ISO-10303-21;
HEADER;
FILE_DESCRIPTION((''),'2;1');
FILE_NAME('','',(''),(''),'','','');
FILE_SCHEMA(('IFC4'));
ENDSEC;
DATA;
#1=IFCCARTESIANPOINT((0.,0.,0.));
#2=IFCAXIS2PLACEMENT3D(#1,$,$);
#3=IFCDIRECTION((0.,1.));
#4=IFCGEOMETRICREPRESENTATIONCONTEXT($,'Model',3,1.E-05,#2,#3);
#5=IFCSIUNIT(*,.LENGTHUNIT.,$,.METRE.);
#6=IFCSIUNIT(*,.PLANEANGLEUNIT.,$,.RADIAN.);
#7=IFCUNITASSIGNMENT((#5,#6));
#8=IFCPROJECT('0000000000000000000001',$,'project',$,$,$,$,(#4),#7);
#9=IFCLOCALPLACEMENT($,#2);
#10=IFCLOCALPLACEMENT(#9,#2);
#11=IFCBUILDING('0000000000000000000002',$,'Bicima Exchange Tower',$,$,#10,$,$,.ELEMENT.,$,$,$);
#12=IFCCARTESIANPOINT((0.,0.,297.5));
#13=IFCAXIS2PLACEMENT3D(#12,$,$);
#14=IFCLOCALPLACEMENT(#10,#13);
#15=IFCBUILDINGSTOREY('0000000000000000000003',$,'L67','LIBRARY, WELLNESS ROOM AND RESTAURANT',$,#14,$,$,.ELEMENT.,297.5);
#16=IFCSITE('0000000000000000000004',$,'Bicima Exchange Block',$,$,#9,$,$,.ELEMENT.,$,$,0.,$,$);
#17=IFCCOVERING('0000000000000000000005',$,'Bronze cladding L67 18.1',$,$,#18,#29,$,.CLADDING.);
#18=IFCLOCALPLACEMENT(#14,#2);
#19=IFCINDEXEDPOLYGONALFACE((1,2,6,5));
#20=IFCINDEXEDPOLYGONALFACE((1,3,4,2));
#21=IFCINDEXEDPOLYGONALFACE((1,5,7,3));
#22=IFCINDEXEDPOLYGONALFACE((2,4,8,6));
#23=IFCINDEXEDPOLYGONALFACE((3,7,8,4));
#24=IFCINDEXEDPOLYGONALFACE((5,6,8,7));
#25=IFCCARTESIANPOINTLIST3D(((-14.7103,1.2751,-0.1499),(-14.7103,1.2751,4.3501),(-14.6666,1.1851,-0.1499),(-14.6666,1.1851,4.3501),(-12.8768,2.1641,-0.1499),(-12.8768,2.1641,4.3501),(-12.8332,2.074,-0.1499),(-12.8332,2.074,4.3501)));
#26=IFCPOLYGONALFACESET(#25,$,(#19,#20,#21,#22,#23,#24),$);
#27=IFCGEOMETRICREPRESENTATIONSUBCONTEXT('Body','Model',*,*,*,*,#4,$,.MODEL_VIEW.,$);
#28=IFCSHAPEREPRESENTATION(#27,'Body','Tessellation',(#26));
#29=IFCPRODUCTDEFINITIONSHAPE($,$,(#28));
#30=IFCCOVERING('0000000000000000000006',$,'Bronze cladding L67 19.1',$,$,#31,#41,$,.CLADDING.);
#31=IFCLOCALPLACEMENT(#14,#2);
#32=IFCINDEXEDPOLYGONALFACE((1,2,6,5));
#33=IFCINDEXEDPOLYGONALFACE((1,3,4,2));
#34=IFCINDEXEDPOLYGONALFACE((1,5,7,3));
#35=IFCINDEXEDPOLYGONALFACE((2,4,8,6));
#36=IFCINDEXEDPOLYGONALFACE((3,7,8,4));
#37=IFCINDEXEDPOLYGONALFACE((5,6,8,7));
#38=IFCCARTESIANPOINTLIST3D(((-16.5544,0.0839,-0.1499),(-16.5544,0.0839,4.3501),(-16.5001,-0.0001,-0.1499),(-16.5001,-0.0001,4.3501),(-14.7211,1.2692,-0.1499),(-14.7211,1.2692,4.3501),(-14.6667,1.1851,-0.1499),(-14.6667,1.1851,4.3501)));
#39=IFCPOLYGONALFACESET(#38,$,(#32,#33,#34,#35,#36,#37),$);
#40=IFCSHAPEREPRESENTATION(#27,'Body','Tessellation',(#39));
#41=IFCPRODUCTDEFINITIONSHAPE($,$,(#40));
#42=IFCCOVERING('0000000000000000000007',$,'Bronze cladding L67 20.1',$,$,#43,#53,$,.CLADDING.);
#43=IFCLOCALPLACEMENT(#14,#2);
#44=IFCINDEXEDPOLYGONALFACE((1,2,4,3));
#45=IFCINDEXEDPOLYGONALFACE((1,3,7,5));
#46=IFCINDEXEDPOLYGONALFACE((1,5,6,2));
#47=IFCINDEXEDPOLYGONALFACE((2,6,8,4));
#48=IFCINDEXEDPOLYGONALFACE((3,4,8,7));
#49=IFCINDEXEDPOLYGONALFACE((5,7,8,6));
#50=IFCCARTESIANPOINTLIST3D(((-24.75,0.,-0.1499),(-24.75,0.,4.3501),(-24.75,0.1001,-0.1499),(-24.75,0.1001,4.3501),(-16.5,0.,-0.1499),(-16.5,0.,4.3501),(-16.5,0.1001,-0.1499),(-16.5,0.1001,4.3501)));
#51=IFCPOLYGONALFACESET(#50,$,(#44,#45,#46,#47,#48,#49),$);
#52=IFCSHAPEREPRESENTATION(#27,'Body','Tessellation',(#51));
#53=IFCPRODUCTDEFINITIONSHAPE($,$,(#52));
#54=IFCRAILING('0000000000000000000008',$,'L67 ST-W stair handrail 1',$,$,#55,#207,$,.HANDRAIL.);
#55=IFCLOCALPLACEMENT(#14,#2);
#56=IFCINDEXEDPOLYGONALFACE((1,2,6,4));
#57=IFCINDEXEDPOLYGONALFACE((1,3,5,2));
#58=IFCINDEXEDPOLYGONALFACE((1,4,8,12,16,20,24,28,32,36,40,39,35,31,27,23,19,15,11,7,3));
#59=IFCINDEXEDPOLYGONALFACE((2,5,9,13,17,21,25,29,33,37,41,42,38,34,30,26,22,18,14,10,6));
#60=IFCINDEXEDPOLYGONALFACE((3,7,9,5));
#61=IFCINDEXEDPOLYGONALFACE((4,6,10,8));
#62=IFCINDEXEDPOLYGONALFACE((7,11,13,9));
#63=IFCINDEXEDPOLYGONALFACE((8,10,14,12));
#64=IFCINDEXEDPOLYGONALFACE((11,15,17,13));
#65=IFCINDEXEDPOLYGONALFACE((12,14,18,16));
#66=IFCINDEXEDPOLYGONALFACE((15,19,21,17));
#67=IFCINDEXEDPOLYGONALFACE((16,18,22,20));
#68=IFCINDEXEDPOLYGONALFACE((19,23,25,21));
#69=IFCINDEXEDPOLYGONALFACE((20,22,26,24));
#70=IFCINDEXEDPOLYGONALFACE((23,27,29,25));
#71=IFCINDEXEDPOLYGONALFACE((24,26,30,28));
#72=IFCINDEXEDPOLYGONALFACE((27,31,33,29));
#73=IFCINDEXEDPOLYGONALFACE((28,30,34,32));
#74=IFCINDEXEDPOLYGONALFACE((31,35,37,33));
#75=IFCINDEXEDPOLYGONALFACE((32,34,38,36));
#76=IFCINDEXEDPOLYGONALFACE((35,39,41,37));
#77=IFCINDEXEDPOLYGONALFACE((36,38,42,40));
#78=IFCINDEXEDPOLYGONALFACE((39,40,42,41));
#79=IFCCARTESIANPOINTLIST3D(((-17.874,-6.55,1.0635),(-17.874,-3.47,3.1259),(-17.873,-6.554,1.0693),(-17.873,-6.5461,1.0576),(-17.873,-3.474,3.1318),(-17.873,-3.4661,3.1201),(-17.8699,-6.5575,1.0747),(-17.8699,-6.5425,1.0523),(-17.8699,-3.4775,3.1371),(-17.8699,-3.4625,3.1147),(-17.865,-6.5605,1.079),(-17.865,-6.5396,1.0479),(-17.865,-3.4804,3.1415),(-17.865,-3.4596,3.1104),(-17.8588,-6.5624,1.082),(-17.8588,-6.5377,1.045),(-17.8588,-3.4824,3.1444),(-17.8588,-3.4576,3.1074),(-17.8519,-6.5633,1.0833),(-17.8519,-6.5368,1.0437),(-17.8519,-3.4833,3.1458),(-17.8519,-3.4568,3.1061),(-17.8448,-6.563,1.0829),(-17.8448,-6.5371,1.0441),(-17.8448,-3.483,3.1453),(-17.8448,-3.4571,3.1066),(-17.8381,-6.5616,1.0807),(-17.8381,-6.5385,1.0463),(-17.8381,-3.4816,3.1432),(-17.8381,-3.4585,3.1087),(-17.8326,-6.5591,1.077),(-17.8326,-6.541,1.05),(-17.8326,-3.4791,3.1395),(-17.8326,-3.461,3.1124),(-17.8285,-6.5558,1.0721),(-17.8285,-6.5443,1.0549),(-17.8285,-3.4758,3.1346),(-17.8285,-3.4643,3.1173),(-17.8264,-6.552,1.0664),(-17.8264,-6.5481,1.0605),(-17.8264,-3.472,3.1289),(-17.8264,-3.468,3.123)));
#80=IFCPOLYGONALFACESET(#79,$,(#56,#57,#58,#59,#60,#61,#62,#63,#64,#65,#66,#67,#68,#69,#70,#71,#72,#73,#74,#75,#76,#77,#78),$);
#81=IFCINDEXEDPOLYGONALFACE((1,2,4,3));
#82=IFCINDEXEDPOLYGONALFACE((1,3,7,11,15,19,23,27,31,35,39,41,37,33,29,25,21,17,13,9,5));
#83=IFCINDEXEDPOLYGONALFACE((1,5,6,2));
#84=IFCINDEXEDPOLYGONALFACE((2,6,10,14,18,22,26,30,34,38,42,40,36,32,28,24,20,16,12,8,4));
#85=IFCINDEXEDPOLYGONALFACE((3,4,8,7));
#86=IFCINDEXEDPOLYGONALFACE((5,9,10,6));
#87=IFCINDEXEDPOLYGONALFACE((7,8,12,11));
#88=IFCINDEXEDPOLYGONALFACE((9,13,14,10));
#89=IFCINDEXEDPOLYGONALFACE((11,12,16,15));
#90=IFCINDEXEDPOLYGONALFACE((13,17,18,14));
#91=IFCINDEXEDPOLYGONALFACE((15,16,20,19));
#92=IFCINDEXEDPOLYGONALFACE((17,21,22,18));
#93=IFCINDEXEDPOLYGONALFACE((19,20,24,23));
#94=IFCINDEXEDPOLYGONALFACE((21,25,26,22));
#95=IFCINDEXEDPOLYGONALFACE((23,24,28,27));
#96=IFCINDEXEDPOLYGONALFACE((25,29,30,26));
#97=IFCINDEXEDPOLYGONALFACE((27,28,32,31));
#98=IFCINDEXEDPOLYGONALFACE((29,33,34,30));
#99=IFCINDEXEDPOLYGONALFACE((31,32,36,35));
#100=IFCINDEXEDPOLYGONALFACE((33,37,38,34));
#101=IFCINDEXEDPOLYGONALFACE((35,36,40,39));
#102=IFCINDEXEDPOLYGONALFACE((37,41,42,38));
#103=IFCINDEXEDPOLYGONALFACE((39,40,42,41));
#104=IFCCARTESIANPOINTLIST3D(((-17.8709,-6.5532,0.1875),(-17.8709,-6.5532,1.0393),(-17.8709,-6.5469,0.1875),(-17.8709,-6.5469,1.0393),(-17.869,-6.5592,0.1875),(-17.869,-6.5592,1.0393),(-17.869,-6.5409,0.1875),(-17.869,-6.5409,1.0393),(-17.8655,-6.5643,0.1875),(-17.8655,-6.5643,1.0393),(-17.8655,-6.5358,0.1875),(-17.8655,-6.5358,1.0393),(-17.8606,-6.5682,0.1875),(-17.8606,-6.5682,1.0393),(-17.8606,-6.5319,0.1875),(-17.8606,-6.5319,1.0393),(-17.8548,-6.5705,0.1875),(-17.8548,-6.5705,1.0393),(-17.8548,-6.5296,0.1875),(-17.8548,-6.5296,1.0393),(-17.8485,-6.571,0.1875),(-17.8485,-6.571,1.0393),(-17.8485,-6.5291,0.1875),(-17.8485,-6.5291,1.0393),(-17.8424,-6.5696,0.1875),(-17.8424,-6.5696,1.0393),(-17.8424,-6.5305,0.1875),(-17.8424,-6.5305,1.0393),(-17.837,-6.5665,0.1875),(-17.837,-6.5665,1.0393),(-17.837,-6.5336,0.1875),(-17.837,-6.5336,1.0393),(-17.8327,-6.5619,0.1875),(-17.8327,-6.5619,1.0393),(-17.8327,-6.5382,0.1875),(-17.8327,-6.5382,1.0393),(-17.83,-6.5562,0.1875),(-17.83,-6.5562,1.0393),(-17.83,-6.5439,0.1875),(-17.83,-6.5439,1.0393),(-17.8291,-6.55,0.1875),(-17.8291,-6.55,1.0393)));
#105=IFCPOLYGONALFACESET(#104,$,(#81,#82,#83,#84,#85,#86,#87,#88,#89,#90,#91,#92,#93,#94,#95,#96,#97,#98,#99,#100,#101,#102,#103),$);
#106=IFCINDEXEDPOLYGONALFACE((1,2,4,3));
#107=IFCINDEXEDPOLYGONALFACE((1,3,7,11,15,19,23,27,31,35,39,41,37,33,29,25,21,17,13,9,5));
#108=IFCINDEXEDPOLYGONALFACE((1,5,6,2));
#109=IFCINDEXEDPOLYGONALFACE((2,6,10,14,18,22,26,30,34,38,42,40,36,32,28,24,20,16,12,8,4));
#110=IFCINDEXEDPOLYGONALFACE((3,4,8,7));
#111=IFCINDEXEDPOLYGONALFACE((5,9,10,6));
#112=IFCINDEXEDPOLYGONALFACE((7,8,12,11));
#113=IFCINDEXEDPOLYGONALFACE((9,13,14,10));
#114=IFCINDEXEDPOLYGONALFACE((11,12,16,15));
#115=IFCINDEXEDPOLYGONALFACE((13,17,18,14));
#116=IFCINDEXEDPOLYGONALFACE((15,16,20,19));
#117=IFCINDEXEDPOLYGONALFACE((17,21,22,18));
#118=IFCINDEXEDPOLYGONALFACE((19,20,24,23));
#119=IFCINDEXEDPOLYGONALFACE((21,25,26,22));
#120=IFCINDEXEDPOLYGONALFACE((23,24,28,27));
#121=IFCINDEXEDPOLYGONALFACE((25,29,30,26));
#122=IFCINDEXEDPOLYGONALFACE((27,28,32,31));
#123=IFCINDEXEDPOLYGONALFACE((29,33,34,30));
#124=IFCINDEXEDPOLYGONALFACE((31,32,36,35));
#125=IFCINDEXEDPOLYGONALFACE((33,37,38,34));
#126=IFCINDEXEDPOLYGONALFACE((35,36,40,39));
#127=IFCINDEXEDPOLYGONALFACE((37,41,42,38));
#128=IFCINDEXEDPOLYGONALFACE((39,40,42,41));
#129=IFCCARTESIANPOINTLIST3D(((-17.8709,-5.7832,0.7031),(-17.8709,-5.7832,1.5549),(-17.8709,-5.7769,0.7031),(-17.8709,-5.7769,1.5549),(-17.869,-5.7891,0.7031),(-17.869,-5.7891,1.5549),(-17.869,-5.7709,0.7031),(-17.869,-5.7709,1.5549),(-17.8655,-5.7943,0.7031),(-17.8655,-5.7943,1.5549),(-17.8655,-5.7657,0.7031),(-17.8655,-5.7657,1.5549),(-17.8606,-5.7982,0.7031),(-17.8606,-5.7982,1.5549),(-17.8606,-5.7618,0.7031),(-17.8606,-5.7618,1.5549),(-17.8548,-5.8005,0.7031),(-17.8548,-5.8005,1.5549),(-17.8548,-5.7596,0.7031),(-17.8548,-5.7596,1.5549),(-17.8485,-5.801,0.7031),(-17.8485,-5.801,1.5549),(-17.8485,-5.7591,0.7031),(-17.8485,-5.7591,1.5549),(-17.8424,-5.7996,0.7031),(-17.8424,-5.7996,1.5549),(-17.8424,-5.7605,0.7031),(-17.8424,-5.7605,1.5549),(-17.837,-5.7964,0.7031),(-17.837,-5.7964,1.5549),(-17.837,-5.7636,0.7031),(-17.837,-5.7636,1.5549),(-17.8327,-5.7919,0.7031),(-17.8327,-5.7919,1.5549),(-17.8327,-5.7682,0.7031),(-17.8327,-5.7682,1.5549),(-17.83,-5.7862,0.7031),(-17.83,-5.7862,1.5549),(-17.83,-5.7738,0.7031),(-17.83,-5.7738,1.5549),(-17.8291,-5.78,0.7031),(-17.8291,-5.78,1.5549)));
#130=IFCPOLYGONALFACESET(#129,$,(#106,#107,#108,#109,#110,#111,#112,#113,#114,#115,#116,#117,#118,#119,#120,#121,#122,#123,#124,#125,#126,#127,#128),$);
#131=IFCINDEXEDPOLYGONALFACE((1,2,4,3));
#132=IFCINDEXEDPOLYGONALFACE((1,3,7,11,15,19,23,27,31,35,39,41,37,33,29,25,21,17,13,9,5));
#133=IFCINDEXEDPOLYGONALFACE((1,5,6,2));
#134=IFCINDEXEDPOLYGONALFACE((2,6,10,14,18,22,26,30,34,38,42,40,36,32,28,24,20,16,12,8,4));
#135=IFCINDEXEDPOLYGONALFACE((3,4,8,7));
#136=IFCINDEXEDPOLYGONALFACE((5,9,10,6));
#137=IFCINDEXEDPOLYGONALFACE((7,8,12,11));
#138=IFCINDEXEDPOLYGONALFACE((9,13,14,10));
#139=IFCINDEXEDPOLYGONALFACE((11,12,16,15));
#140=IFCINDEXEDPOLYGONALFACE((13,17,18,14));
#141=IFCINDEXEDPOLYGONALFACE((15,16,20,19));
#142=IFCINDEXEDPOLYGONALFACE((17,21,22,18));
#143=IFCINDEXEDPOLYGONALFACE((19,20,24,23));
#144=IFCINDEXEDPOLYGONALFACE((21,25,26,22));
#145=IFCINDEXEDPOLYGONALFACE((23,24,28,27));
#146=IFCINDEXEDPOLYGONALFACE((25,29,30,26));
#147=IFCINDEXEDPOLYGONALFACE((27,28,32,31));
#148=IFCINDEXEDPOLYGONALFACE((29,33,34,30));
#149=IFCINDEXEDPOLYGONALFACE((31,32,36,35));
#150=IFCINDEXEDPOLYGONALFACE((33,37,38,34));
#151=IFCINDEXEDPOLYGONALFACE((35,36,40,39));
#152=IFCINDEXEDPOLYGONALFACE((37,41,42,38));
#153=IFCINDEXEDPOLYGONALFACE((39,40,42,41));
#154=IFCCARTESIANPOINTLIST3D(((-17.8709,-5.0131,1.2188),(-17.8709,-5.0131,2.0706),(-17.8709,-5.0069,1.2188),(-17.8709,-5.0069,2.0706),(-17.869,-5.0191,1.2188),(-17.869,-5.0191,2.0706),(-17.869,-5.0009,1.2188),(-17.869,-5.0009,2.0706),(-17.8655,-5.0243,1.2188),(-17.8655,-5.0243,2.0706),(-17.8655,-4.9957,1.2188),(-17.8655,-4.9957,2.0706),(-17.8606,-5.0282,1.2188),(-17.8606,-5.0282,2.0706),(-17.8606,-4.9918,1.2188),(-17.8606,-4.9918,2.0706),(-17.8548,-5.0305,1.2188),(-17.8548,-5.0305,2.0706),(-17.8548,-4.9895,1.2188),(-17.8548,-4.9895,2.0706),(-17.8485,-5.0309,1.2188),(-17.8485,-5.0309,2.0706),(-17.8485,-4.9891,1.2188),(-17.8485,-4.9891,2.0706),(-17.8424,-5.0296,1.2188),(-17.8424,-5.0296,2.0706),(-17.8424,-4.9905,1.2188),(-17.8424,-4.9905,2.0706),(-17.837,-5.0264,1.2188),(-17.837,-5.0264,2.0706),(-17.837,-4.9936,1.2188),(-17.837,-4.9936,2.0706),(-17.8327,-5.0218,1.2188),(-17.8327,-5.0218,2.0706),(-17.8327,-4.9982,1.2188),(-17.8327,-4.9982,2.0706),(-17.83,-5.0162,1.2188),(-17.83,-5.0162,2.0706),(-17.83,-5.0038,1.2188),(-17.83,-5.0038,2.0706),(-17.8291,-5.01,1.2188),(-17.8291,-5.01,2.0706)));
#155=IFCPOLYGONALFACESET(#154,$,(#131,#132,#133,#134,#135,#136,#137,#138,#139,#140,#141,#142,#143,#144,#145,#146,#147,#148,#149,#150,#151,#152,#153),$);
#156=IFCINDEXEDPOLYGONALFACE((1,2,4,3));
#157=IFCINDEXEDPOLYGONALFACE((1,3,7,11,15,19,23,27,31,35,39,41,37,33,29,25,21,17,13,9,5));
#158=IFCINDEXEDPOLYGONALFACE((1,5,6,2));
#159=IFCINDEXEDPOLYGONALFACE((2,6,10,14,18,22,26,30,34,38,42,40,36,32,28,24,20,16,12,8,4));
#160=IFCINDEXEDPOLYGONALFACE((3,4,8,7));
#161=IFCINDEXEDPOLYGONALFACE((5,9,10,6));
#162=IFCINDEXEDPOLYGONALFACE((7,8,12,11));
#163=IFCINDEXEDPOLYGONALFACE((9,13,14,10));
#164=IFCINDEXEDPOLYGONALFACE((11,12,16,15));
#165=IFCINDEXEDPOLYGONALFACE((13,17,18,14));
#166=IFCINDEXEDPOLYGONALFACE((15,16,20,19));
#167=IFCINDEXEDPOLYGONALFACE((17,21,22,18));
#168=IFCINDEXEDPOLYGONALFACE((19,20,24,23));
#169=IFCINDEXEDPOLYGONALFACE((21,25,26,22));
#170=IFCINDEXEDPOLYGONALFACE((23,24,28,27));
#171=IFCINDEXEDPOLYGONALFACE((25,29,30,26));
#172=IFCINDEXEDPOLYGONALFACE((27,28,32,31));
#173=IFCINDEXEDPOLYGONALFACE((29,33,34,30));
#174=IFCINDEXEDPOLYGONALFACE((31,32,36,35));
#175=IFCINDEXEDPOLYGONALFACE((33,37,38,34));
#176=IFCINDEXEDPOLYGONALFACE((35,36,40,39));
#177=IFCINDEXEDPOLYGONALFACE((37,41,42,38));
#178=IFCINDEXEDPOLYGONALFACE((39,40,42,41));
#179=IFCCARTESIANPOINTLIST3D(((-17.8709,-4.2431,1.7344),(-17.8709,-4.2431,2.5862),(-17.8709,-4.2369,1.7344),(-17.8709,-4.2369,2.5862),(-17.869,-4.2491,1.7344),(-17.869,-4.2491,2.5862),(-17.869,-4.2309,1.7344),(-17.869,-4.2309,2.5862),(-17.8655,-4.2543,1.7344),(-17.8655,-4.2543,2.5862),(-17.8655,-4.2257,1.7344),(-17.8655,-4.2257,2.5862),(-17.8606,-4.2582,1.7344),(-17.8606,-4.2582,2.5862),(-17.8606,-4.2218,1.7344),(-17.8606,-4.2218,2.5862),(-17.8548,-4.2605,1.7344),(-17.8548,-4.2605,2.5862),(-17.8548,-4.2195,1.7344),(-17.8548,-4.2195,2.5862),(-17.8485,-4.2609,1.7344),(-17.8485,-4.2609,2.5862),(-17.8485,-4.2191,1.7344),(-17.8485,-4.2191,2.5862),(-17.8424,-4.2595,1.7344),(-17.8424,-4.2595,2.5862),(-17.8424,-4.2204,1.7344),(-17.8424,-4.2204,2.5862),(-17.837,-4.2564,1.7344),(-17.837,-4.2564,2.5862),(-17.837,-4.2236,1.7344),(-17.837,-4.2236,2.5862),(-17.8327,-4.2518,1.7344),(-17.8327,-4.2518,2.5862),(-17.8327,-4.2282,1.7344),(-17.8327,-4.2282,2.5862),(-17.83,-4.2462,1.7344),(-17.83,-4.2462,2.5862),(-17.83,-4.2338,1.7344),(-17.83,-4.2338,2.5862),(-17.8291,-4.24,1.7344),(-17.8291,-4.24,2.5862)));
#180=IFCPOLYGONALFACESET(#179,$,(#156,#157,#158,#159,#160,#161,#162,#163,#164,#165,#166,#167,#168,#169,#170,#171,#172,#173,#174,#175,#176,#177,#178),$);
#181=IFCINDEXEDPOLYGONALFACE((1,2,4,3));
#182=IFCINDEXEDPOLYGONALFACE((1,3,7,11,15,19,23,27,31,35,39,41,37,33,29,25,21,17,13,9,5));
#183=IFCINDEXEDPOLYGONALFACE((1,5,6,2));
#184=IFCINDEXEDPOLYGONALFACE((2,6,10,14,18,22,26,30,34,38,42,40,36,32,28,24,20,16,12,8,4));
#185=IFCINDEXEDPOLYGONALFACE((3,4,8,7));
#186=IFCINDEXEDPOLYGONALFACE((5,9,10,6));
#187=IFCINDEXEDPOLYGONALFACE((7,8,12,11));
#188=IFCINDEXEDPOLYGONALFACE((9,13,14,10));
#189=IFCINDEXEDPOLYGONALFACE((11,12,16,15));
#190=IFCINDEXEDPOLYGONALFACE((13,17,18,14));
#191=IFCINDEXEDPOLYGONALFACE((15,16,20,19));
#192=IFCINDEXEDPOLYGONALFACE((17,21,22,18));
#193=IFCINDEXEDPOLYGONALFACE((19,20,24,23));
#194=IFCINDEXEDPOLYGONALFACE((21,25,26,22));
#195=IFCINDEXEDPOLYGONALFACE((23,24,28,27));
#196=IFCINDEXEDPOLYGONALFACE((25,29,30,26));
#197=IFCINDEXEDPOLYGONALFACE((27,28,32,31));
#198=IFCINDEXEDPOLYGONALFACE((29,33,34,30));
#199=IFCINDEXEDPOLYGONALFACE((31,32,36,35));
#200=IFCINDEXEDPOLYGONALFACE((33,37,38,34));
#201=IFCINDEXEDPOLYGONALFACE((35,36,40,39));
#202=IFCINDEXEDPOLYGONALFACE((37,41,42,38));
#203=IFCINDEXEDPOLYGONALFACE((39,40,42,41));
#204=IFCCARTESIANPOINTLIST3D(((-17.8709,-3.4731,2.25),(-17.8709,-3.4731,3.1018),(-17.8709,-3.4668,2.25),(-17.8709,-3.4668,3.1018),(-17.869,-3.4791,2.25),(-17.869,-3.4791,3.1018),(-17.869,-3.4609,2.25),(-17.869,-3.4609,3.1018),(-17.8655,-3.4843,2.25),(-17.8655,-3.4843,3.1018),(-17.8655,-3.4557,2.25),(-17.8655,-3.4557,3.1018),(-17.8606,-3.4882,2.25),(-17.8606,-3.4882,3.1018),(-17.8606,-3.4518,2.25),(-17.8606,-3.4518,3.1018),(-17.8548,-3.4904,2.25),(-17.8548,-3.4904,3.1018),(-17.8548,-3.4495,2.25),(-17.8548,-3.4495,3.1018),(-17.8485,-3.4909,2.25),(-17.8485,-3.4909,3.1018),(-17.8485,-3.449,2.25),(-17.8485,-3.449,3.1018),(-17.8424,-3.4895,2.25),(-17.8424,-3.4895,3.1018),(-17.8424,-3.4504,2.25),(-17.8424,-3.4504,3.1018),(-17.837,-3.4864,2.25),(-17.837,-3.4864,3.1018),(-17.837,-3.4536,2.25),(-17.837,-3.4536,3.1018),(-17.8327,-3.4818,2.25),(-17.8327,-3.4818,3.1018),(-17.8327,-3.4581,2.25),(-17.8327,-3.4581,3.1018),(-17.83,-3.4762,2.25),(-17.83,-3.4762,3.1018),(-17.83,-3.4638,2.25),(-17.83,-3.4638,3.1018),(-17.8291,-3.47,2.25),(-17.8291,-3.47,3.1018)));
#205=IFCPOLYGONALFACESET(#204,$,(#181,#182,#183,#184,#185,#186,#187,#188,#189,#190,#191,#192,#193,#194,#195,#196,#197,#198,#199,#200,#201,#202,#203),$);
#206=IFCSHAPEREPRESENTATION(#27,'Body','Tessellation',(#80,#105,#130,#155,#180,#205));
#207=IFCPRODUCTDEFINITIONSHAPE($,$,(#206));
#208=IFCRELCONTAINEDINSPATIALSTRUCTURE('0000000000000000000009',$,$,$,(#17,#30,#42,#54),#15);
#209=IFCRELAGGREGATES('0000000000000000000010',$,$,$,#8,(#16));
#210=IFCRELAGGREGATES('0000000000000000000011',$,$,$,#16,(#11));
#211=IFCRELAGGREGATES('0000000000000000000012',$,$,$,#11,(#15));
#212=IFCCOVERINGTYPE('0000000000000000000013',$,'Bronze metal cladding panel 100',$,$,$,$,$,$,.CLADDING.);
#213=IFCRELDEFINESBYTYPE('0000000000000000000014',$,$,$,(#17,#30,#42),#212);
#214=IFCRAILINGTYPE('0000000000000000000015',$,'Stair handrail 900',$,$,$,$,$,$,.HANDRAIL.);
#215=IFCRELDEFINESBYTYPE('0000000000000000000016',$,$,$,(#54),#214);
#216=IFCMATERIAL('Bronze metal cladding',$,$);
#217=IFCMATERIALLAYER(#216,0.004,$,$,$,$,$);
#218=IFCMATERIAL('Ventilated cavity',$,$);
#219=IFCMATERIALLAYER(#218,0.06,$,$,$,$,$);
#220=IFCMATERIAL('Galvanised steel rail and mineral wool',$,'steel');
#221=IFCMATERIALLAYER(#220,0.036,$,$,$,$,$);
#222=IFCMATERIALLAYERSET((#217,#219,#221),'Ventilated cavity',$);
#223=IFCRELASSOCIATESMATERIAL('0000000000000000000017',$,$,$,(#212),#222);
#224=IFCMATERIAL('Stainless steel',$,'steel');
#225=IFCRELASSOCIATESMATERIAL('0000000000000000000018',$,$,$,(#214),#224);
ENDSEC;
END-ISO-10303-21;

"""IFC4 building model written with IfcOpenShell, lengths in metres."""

from ifc_helpers import new_model, si_unit, direction, frame, origin, origin_2d, place, context, subcontext, project, spatial, rectangle, circle, extrude, material, layer, layer_set, type_object, element, save


model = new_model("IFC4")

# Units and contexts
model_context = context("Model", 3, precision=1e-05, world=origin(), true_north=direction((0.0, 1.0)))
body_context = subcontext(model_context, "Body", "Model", "MODEL_VIEW")
ifc_project = project(units=[si_unit("LENGTHUNIT", "METRE"), si_unit("PLANEANGLEUNIT", "RADIAN")], contexts=[model_context])

# Site, building, storey
site_placement = place(None, origin())
site = spatial("IfcSite", under=ifc_project, at=site_placement, Name="Bicima Exchange Block", CompositionType="ELEMENT", RefElevation=0.0)
building_placement = place(site_placement, origin())
building = spatial("IfcBuilding", under=site, at=building_placement, Name="Bicima Exchange Tower", CompositionType="ELEMENT")
storey_placement = place(building_placement, frame((0.0, 0.0, 297.5)))
storey = spatial("IfcBuildingStorey", under=building, at=storey_placement, Name="L67", Description="LIBRARY, WELLNESS ROOM AND RESTAURANT", CompositionType="ELEMENT", Elevation=297.5)

# Shared definitions
ifc_material_1 = material(Name="Stainless steel", Category="steel")

# Coverings
ifc_material_2 = material(Name="Bronze metal cladding")
ifc_layer_1 = layer(ifc_material_2, 0.004)
ifc_material_3 = material(Name="Ventilated cavity")
ifc_layer_2 = layer(ifc_material_3, 0.06)
ifc_material_4 = material(Name="Galvanised steel rail and mineral wool", Category="steel")
ifc_layer_3 = layer(ifc_material_4, 0.036)
ifc_layer_set_1 = layer_set([ifc_layer_1, ifc_layer_2, ifc_layer_3], Name="Ventilated cavity")
covering_type = type_object("IfcCoveringType", Name="Bronze metal cladding panel 100", PredefinedType="CLADDING", material=ifc_layer_set_1)
covering_1_placement = place(storey_placement, frame((-13.7717, 1.6746, -0.1499), z_axis=(0.0, 0.0, 1.0), x_axis=(-0.899818, -0.436265, 0.0)))
element("IfcCovering", 1, at=covering_1_placement, inside=storey, type_object=covering_type, Name="Bronze cladding L67 18.1", PredefinedType="CLADDING", context=body_context, shape_type="SweptSolid", body=[
    extrude(rectangle(XDim=2.0376, YDim=0.1001, at=origin_2d()), origin(), (0.0, 0.0, 1.0), 4.5),
])
covering_2_placement = place(storey_placement, frame((-15.6106, 0.6345, -0.1499), z_axis=(0.0, 0.0, 1.0), x_axis=(-0.83979, -0.542911, 0.0)))
element("IfcCovering", 2, at=covering_2_placement, inside=storey, type_object=covering_type, Name="Bronze cladding L67 19.1", PredefinedType="CLADDING", context=body_context, shape_type="SweptSolid", body=[
    extrude(rectangle(XDim=2.1831, YDim=0.1001, at=origin_2d()), origin(), (0.0, 0.0, 1.0), 4.5),
])
covering_3_placement = place(storey_placement, frame((-20.625, 0.05, -0.1499), z_axis=(0.0, 0.0, 1.0), x_axis=(-1.0, 0.0, 0.0)))
element("IfcCovering", 3, at=covering_3_placement, inside=storey, type_object=covering_type, Name="Bronze cladding L67 20.1", PredefinedType="CLADDING", context=body_context, shape_type="SweptSolid", body=[
    extrude(rectangle(XDim=8.25, YDim=0.1001, at=origin_2d()), origin(), (0.0, 0.0, 1.0), 4.5),
])

# Railing
railing_type_1 = type_object("IfcRailingType", Name="Stair handrail 900", PredefinedType="HANDRAIL", material=ifc_material_1)
railing_1_placement = place(storey_placement, frame((-17.8501, -6.55, 0.1875)))
element("IfcRailing", 4, at=railing_1_placement, inside=storey, type_object=railing_type_1, Name="L67 ST-W stair handrail 1", PredefinedType="HANDRAIL", context=body_context, shape_type="SweptSolid", body=[
    extrude(circle(Radius=0.0239, at=origin_2d()), frame((0.0, 0.0, 0.876), z_axis=(0.0, 0.830914, 0.556401), x_axis=(-1.0, 0.0, 0.0)), (0.0, 0.0, 1.0), 3.7068),
    extrude(circle(Radius=0.021, at=origin_2d()), origin(), (0.0, 0.0, 1.0), 0.8518),
    extrude(circle(Radius=0.021, at=origin_2d()), frame((0.0, 0.77, 0.5156)), (0.0, 0.0, 1.0), 0.8518),
    extrude(circle(Radius=0.021, at=origin_2d()), frame((0.0, 1.54, 1.0312)), (0.0, 0.0, 1.0), 0.8518),
    extrude(circle(Radius=0.021, at=origin_2d()), frame((0.0, 2.3101, 1.5469)), (0.0, 0.0, 1.0), 0.8518),
    extrude(circle(Radius=0.021, at=origin_2d()), frame((0.0, 3.0801, 2.0625)), (0.0, 0.0, 1.0), 0.8518),
])

save(model, "model.ifc")
